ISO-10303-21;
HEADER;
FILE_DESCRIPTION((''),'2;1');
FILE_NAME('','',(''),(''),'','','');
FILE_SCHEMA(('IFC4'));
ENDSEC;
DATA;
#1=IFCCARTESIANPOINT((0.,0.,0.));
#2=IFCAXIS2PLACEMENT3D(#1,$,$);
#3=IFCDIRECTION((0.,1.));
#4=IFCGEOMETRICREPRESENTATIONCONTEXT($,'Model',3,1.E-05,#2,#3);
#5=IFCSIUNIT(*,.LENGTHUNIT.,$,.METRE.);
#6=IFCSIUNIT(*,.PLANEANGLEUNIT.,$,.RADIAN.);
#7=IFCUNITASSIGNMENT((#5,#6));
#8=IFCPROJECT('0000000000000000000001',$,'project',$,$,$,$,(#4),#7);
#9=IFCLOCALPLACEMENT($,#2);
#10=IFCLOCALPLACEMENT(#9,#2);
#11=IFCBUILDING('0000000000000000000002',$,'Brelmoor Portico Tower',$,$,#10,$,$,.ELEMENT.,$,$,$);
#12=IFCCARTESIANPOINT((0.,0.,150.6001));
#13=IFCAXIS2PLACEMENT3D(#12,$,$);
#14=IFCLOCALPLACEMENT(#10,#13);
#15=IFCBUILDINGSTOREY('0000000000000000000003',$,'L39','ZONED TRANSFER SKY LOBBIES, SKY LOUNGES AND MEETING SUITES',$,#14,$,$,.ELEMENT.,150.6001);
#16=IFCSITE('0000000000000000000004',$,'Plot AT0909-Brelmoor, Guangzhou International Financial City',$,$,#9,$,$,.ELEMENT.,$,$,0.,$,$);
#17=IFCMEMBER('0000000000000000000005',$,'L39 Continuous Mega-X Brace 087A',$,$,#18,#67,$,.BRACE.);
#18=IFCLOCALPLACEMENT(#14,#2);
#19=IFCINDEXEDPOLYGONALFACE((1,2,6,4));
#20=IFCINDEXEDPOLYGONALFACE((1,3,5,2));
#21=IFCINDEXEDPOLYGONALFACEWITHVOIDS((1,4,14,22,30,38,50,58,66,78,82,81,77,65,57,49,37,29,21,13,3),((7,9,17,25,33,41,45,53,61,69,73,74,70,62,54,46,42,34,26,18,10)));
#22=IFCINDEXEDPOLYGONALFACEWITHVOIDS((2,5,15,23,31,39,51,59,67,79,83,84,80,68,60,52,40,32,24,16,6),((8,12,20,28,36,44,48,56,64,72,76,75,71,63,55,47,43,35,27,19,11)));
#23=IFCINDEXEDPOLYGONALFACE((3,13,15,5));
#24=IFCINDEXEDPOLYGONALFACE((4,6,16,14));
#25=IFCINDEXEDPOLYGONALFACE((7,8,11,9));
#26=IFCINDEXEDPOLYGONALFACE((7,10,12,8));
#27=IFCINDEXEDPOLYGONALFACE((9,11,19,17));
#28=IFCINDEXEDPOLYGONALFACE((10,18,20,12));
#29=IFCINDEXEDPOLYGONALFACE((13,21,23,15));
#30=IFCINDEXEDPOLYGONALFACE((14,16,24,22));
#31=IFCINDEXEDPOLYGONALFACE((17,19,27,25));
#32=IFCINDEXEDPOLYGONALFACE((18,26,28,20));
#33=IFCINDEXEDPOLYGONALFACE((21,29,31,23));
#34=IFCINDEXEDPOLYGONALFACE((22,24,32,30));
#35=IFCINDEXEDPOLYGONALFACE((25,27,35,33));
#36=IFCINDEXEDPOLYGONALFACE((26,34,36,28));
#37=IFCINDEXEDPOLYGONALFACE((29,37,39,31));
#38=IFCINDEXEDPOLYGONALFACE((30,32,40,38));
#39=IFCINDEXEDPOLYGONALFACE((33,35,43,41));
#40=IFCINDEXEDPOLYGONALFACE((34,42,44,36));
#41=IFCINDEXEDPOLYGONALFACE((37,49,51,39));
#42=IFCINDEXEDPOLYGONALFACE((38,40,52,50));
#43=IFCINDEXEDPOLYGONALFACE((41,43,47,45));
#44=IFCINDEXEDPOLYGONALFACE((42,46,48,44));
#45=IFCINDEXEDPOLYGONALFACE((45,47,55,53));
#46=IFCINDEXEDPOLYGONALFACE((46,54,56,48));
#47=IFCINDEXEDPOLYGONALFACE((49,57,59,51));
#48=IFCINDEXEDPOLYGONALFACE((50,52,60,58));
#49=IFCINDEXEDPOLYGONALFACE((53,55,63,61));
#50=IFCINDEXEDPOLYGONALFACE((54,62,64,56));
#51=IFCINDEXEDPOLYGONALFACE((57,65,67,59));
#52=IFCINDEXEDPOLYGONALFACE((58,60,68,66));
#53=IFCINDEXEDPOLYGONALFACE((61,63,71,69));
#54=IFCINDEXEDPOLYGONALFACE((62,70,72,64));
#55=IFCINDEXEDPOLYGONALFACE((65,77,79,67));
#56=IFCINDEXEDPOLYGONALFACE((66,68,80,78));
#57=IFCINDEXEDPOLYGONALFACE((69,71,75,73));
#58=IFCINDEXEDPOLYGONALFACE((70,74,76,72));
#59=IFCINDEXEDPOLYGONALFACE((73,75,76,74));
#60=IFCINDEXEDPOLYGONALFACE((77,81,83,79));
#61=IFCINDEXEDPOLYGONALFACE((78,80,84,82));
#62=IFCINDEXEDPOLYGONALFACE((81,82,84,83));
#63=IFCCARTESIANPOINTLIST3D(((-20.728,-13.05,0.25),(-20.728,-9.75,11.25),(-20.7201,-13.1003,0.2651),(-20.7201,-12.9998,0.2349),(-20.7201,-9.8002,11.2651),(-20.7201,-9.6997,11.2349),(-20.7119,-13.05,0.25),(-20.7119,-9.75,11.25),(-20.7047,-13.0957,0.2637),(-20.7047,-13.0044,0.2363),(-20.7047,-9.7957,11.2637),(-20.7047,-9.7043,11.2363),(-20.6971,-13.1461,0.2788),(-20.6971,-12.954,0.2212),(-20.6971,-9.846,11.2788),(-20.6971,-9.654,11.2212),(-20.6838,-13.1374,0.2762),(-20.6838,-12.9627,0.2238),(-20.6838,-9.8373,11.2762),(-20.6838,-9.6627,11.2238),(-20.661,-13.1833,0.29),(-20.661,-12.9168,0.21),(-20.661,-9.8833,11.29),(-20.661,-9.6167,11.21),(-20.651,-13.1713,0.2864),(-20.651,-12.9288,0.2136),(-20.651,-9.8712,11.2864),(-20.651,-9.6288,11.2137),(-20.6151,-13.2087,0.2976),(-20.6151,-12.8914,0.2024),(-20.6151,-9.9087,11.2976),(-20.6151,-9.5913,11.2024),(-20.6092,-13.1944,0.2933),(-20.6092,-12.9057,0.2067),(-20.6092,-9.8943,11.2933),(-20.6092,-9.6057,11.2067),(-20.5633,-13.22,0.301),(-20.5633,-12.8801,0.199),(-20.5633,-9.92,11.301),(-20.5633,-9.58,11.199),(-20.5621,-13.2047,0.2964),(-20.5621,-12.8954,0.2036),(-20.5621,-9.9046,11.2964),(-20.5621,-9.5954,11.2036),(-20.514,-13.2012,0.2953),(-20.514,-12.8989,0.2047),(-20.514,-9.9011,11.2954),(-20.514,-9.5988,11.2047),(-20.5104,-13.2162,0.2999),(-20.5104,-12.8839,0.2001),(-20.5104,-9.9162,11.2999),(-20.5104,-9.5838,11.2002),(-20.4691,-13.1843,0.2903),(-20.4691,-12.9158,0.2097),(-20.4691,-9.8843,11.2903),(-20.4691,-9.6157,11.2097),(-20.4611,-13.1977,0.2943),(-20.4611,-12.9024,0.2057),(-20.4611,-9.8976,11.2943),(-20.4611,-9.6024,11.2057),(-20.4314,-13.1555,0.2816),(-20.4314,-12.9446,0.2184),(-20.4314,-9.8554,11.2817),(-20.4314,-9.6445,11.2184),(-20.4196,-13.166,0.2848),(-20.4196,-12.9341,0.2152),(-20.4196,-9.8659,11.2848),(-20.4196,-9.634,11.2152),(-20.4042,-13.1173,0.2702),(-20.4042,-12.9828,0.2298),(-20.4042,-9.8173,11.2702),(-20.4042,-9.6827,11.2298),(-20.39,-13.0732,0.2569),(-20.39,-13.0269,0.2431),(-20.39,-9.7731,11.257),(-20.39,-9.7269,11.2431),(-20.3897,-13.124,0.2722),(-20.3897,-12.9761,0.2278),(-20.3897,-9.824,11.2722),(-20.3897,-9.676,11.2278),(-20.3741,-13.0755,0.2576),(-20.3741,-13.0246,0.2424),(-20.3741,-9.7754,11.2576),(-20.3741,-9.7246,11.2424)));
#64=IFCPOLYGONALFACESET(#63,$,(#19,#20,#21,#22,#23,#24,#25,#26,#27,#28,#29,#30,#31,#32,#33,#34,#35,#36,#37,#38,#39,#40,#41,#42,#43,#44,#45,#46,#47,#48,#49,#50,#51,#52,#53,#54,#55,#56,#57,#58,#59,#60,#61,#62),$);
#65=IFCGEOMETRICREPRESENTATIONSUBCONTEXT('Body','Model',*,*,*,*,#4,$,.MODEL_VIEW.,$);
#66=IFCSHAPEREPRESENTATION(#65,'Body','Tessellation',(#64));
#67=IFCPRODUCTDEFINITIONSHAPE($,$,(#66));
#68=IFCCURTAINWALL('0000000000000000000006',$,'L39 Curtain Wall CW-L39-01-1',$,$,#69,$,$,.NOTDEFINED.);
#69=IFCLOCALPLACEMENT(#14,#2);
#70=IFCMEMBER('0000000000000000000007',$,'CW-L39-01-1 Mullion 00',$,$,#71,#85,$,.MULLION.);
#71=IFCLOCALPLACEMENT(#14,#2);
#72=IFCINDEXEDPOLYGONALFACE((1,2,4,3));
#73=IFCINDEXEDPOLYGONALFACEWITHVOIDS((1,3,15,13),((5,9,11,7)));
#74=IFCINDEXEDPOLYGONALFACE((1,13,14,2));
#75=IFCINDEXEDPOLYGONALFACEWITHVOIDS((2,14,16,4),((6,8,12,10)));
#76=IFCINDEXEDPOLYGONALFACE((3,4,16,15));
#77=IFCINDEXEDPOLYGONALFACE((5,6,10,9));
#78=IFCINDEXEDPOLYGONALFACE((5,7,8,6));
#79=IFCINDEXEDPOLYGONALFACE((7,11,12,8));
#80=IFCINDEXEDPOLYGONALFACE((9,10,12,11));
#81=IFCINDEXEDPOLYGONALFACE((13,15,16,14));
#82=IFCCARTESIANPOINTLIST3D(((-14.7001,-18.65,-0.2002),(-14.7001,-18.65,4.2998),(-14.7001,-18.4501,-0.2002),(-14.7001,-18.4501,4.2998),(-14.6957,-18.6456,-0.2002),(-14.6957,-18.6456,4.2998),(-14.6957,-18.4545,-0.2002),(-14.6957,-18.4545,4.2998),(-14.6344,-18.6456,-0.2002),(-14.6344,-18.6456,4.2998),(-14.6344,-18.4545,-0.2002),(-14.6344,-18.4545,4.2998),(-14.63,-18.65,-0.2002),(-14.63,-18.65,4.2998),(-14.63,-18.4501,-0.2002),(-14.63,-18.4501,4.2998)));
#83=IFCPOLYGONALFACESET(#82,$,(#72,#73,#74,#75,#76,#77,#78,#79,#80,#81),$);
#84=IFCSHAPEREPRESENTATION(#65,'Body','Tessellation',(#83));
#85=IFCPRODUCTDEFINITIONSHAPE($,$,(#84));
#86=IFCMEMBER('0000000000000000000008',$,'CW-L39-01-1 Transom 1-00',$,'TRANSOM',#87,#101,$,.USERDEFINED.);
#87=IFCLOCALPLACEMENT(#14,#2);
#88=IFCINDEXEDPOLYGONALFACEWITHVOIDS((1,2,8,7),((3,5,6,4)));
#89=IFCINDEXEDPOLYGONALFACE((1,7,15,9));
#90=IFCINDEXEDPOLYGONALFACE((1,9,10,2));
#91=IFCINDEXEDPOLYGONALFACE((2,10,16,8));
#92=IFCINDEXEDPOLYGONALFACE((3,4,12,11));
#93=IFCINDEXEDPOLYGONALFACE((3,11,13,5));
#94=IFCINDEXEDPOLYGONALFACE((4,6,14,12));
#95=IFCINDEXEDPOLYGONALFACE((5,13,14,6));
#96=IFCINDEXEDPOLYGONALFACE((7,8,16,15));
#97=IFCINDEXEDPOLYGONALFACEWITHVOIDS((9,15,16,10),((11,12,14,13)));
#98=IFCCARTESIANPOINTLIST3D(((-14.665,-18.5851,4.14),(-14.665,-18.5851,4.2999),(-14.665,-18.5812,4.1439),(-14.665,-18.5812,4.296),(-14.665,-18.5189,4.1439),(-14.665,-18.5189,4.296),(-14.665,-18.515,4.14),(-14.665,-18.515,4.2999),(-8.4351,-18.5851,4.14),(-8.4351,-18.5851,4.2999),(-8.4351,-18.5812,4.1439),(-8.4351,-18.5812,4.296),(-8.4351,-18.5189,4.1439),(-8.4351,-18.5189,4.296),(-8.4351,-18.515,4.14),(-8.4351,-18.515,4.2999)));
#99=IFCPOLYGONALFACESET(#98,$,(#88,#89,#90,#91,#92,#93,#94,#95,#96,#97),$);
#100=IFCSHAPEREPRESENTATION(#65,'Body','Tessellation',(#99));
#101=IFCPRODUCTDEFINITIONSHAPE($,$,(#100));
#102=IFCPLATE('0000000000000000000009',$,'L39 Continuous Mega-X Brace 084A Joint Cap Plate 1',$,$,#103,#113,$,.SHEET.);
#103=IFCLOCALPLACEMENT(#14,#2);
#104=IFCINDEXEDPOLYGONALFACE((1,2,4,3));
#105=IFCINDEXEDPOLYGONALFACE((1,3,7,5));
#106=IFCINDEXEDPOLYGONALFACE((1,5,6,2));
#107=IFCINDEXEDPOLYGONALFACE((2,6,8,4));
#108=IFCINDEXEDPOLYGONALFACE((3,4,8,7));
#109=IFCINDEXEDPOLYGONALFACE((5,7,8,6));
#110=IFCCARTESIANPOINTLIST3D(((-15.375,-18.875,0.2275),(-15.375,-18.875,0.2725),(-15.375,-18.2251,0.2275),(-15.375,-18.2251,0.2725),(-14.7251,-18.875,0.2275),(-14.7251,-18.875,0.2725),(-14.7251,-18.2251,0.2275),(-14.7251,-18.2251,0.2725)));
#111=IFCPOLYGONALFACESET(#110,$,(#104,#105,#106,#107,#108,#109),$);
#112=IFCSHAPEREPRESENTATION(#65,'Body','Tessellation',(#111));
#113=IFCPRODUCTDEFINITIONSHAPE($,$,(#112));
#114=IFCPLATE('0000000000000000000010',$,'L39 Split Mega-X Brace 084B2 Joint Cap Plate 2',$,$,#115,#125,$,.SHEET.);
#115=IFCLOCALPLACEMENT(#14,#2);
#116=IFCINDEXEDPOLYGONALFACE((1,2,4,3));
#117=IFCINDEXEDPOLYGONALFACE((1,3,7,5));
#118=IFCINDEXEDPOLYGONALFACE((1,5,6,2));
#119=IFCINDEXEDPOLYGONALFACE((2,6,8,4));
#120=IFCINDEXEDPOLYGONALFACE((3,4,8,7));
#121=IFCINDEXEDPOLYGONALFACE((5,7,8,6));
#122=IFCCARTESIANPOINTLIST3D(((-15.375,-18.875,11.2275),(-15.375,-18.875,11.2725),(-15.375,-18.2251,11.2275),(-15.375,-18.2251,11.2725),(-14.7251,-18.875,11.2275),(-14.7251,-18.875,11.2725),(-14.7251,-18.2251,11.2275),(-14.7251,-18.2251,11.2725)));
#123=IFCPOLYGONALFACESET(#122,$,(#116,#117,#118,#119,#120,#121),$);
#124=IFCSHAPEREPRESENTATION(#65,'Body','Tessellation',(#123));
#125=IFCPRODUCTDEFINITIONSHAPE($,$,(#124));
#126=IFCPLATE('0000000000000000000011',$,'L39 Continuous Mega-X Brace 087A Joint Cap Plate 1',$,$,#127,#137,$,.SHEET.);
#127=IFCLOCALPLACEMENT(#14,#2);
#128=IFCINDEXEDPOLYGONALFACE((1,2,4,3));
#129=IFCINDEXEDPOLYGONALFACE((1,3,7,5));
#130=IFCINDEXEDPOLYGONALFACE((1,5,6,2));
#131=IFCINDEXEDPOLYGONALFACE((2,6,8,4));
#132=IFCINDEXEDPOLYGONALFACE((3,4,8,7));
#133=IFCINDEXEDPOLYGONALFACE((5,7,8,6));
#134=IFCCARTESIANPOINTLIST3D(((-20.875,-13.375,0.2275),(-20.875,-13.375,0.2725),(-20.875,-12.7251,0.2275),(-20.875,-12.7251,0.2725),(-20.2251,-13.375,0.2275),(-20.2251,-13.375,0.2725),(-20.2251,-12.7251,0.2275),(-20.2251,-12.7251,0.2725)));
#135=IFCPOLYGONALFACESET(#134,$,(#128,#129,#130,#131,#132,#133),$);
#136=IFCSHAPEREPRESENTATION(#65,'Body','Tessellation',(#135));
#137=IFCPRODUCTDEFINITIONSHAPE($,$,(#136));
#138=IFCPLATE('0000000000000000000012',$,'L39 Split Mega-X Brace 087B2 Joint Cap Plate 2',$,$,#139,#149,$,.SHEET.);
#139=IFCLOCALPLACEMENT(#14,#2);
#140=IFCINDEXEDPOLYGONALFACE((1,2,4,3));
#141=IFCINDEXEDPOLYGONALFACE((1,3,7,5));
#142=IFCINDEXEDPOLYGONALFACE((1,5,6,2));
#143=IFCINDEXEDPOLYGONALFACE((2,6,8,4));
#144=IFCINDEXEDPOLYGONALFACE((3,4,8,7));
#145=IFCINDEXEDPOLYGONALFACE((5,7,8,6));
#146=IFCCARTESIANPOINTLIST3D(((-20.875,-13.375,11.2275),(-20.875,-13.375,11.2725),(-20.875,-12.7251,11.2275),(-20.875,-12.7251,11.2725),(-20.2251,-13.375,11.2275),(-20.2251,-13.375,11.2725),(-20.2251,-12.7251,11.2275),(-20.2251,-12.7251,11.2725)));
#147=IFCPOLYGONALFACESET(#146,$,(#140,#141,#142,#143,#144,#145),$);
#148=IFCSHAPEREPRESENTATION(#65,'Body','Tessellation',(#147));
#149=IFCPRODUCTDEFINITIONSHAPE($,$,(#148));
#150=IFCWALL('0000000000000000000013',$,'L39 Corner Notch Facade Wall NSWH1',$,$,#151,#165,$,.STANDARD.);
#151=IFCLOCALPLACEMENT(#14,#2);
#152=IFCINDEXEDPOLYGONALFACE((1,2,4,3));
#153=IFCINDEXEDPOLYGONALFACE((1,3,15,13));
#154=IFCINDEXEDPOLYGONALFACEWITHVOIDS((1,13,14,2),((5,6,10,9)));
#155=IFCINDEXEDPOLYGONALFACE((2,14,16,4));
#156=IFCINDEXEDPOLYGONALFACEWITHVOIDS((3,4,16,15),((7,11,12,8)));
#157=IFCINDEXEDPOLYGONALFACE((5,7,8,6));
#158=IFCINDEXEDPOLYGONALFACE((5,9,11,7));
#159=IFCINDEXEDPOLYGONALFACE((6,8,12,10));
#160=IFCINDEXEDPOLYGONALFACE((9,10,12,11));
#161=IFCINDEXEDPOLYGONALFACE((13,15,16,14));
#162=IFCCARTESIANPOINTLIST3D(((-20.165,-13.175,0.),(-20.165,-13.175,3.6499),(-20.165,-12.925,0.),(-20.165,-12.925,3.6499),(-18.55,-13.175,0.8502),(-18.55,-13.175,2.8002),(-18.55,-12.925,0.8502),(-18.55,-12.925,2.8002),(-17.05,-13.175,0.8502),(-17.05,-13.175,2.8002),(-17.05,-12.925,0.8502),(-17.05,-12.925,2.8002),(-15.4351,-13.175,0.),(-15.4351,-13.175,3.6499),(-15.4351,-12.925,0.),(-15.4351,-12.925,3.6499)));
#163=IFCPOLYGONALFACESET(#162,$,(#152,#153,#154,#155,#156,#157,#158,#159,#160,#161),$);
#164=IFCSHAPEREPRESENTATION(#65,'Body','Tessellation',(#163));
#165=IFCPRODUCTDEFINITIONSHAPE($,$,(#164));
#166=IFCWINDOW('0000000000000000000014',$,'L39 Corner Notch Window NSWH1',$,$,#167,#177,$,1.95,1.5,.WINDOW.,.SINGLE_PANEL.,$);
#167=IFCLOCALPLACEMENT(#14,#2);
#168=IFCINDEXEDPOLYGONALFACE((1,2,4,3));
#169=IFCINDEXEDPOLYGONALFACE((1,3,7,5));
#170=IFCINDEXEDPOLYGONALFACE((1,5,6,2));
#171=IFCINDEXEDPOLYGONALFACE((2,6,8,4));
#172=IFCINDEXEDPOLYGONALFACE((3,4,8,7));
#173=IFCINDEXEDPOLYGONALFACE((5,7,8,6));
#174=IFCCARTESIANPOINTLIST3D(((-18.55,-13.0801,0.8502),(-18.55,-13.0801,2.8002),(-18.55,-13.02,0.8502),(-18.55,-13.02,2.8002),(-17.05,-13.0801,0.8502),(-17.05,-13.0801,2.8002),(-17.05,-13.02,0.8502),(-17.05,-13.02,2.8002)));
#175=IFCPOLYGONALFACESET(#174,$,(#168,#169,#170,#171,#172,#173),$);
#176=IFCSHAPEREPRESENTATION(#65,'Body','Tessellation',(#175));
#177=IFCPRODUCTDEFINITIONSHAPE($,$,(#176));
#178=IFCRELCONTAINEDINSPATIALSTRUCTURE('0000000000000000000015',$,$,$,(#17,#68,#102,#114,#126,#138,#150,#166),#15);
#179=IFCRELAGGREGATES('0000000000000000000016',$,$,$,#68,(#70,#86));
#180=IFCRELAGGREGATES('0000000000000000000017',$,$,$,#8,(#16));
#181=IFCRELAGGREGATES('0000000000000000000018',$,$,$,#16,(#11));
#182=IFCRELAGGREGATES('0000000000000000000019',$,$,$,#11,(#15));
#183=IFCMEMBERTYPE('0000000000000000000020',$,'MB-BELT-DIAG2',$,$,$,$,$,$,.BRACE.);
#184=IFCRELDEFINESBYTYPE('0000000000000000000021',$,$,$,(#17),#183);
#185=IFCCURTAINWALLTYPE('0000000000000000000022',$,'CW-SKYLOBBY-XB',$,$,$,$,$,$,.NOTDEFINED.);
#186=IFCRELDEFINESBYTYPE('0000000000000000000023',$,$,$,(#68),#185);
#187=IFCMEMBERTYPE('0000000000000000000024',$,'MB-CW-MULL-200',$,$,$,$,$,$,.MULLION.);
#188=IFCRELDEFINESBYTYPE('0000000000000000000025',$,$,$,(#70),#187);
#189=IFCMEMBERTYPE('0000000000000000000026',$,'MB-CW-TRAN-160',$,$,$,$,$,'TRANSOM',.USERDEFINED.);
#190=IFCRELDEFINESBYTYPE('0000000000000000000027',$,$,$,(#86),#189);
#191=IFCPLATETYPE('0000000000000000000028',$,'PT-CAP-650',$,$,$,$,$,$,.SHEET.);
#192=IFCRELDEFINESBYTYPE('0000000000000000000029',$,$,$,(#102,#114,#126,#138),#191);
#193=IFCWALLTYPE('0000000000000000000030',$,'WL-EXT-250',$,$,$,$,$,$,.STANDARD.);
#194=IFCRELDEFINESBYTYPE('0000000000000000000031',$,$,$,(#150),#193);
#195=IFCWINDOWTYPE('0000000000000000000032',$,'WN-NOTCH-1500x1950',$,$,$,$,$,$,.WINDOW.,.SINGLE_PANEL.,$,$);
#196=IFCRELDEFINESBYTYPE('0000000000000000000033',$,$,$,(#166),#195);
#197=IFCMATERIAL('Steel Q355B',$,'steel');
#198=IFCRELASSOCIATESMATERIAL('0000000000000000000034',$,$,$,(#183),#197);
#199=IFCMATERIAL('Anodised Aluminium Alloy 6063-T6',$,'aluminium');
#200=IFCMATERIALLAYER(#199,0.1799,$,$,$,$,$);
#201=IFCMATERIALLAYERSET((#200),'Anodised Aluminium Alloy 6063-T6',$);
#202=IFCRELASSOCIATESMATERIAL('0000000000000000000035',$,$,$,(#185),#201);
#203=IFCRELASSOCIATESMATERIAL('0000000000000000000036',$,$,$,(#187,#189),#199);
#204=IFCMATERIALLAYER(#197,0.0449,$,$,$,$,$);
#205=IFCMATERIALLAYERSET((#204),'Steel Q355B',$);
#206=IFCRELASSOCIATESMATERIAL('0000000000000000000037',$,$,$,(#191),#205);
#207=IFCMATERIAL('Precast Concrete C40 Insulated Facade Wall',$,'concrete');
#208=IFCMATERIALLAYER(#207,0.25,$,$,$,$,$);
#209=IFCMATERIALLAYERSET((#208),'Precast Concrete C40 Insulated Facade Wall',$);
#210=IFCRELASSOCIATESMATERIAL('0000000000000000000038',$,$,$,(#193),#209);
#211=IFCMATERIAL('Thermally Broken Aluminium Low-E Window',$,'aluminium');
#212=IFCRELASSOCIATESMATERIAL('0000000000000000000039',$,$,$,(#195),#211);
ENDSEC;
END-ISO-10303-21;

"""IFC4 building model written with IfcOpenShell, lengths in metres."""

from ifc_helpers import new_model, si_unit, direction, frame, frame_2d, origin, origin_2d, place, context, subcontext, project, spatial, rectangle, hollow_rectangle, hollow_circle, extrude, material, layer, layer_set, material_profile, profile_set, type_object, element, fill, aggregate, save


model = new_model("IFC4")

# Units and contexts
model_context = context("Model", 3, precision=1e-05, world=origin(), true_north=direction((0.0, 1.0)))
body_context = subcontext(model_context, "Body", "Model", "MODEL_VIEW")
ifc_project = project(units=[si_unit("LENGTHUNIT", "METRE"), si_unit("PLANEANGLEUNIT", "RADIAN")], contexts=[model_context])

# Site, building, storey
site_placement = place(None, origin())
site = spatial("IfcSite", under=ifc_project, at=site_placement, Name="Plot AT0909-Brelmoor, Guangzhou International Financial City", CompositionType="ELEMENT", RefElevation=0.0)
building_placement = place(site_placement, origin())
building = spatial("IfcBuilding", under=site, at=building_placement, Name="Brelmoor Portico Tower", CompositionType="ELEMENT")
storey_placement = place(building_placement, frame((0.0, 0.0, 150.6001)))
storey = spatial("IfcBuildingStorey", under=building, at=storey_placement, Name="L39", Description="ZONED TRANSFER SKY LOBBIES, SKY LOUNGES AND MEETING SUITES", CompositionType="ELEMENT", Elevation=150.6001)

# Shared definitions
ifc_material_1 = material(Name="Steel Q355B", Category="steel")

# Member
ifc_material_profile_1 = material_profile(ifc_material_1, hollow_circle(Radius=0.178, WallThickness=0.0161, at=origin_2d()), Name="CHS 356x16")
ifc_profile_set_1 = profile_set([ifc_material_profile_1], Name="Steel Q355B")
member_type_1 = type_object("IfcMemberType", Name="MB-BELT-DIAG2", PredefinedType="BRACE", material=ifc_profile_set_1)
member_1_placement = place(storey_placement, frame((-20.55, -13.05, 0.25), z_axis=(0.0, 0.287352, 0.957825), x_axis=(-1.0, 0.0, 0.0)))
element("IfcMember", 1, at=member_1_placement, inside=storey, type_object=member_type_1, Name="L39 Continuous Mega-X Brace 087A", PredefinedType="BRACE", context=body_context, shape_type="SweptSolid", body=[
    extrude(hollow_circle(Radius=0.178, WallThickness=0.0161, at=origin_2d()), origin(), (0.0, 0.0, 1.0), 11.4844),
])

# Curtain wall, members
ifc_material_2 = material(Name="Anodised Aluminium Alloy 6063-T6", Category="aluminium")
ifc_layer_1 = layer(ifc_material_2, 0.1799)
ifc_layer_set_1 = layer_set([ifc_layer_1], Name="Anodised Aluminium Alloy 6063-T6")
curtain_wall_type = type_object("IfcCurtainWallType", Name="CW-SKYLOBBY-XB", PredefinedType="NOTDEFINED", material=ifc_layer_set_1)
curtain_wall_placement = place(storey_placement, origin())
curtain_wall = element("IfcCurtainWall", 2, at=curtain_wall_placement, inside=storey, type_object=curtain_wall_type, Name="L39 Curtain Wall CW-L39-01-1", PredefinedType="NOTDEFINED")
ifc_material_profile_2 = material_profile(ifc_material_2, hollow_rectangle(XDim=0.0701, YDim=0.2, WallThickness=0.0044, at=origin_2d()), Name="ALU MULLION 70x200")
ifc_profile_set_2 = profile_set([ifc_material_profile_2], Name="Anodised Aluminium Alloy 6063-T6")
member_type_2 = type_object("IfcMemberType", Name="MB-CW-MULL-200", PredefinedType="MULLION", material=ifc_profile_set_2)
member_2_placement = place(storey_placement, frame((-14.665, -18.55, -0.2002), z_axis=(0.0, 0.0, 1.0), x_axis=(1.0, 0.0, 0.0)))
member_2 = element("IfcMember", 3, at=member_2_placement, type_object=member_type_2, Name="CW-L39-01-1 Mullion 00", PredefinedType="MULLION", context=body_context, shape_type="SweptSolid", body=[
    extrude(hollow_rectangle(XDim=0.0701, YDim=0.2, WallThickness=0.0044, at=origin_2d()), origin(), (0.0, 0.0, 1.0), 4.5),
])
ifc_material_profile_3 = material_profile(ifc_material_2, hollow_rectangle(XDim=0.0701, YDim=0.1599, WallThickness=0.0039, at=origin_2d()), Name="ALU TRANSOM 70x160")
ifc_profile_set_3 = profile_set([ifc_material_profile_3], Name="Anodised Aluminium Alloy 6063-T6")
member_type_3 = type_object("IfcMemberType", Name="MB-CW-TRAN-160", ElementType="TRANSOM", PredefinedType="USERDEFINED", material=ifc_profile_set_3)
member_3_placement = place(storey_placement, frame((-14.665, -18.55, 4.22), z_axis=(1.0, 0.0, 0.0), x_axis=(0.0, 1.0, 0.0)))
member_3 = element("IfcMember", 4, at=member_3_placement, type_object=member_type_3, Name="CW-L39-01-1 Transom 1-00", ObjectType="TRANSOM", PredefinedType="USERDEFINED", context=body_context, shape_type="SweptSolid", body=[
    extrude(hollow_rectangle(XDim=0.0701, YDim=0.1599, WallThickness=0.0039, at=origin_2d()), origin(), (0.0, 0.0, 1.0), 6.23),
])
aggregate(curtain_wall, [member_2, member_3])

# Plates
ifc_layer_2 = layer(ifc_material_1, 0.0449)
ifc_layer_set_2 = layer_set([ifc_layer_2], Name="Steel Q355B")
plate_type = type_object("IfcPlateType", Name="PT-CAP-650", PredefinedType="SHEET", material=ifc_layer_set_2)
for number, where, z_axis, x_axis, name in (
    (5, (-15.05, -18.55, 0.2275), (0.0, 0.0, 1.0), (1.0, 0.0, 0.0), "L39 Continuous Mega-X Brace 084A Joint Cap Plate 1"),
    (6, (-15.05, -18.55, 11.2275), (0.0, 0.0, 1.0), (1.0, 0.0, 0.0), "L39 Split Mega-X Brace 084B2 Joint Cap Plate 2"),
    (7, (-20.55, -13.05, 0.2275), (0.0, 0.0, 1.0), (1.0, 0.0, 0.0), "L39 Continuous Mega-X Brace 087A Joint Cap Plate 1"),
    (8, (-20.55, -13.05, 11.2275), (0.0, 0.0, 1.0), (1.0, 0.0, 0.0), "L39 Split Mega-X Brace 087B2 Joint Cap Plate 2"),
):
    element("IfcPlate", number, at=place(storey_placement, frame(where, z_axis=z_axis, x_axis=x_axis)), inside=storey, type_object=plate_type, Name=name, PredefinedType="SHEET", context=body_context, shape_type="SweptSolid", body=[
        extrude(rectangle(XDim=0.6499, YDim=0.6499, at=origin_2d()), origin(), (0.0, 0.0, 1.0), 0.0449),
    ])

# Wall, opening, window
ifc_material_3 = material(Name="Precast Concrete C40 Insulated Facade Wall", Category="concrete")
ifc_layer_3 = layer(ifc_material_3, 0.25)
ifc_layer_set_3 = layer_set([ifc_layer_3], Name="Precast Concrete C40 Insulated Facade Wall")
wall_type_1 = type_object("IfcWallType", Name="WL-EXT-250", PredefinedType="STANDARD", material=ifc_layer_set_3)
wall_1_placement = place(storey_placement, frame((-20.165, -13.05, 0.0), z_axis=(0.0, 0.0, 1.0), x_axis=(1.0, 0.0, 0.0)))
wall_1 = element("IfcWall", 9, at=wall_1_placement, inside=storey, type_object=wall_type_1, Name="L39 Corner Notch Facade Wall NSWH1", PredefinedType="STANDARD", context=body_context, shape_type="SweptSolid", body=[
    extrude(rectangle(XDim=4.73, YDim=0.25, at=frame_2d((2.365, 0.0))), origin(), (0.0, 0.0, 1.0), 3.6499),
])
opening_1_placement = place(wall_1_placement, frame((1.615, 0.0, 0.8501)))
opening_1 = element("IfcOpeningElement", 10, at=opening_1_placement, cuts=wall_1, PredefinedType="OPENING", context=body_context, shape_type="SweptSolid", body=[
    extrude(rectangle(XDim=1.5, YDim=1.95, at=frame_2d((0.75, 0.9751))), frame((0.0, 0.135, 0.0), z_axis=(0.0, -1.0, 0.0), x_axis=(1.0, 0.0, 0.0)), (0.0, 0.0, 1.0), 0.27),
])
ifc_material_4 = material(Name="Thermally Broken Aluminium Low-E Window", Category="aluminium")
window_type = type_object("IfcWindowType", Name="WN-NOTCH-1500x1950", PartitioningType="SINGLE_PANEL", PredefinedType="WINDOW", material=ifc_material_4)
window_1_placement = place(opening_1_placement, origin())
window_1 = element("IfcWindow", 11, at=window_1_placement, inside=storey, type_object=window_type, Name="L39 Corner Notch Window NSWH1", OverallHeight=1.95, OverallWidth=1.5, PartitioningType="SINGLE_PANEL", PredefinedType="WINDOW", context=body_context, shape_type="SweptSolid", body=[
    extrude(rectangle(XDim=1.5, YDim=1.95, at=frame_2d((0.75, 0.9751))), frame((0.0, 0.03, 0.0), z_axis=(0.0, -1.0, 0.0), x_axis=(1.0, 0.0, 0.0)), (0.0, 0.0, 1.0), 0.0601),
])
fill(opening_1, window_1)

save(model, "model.ifc")
